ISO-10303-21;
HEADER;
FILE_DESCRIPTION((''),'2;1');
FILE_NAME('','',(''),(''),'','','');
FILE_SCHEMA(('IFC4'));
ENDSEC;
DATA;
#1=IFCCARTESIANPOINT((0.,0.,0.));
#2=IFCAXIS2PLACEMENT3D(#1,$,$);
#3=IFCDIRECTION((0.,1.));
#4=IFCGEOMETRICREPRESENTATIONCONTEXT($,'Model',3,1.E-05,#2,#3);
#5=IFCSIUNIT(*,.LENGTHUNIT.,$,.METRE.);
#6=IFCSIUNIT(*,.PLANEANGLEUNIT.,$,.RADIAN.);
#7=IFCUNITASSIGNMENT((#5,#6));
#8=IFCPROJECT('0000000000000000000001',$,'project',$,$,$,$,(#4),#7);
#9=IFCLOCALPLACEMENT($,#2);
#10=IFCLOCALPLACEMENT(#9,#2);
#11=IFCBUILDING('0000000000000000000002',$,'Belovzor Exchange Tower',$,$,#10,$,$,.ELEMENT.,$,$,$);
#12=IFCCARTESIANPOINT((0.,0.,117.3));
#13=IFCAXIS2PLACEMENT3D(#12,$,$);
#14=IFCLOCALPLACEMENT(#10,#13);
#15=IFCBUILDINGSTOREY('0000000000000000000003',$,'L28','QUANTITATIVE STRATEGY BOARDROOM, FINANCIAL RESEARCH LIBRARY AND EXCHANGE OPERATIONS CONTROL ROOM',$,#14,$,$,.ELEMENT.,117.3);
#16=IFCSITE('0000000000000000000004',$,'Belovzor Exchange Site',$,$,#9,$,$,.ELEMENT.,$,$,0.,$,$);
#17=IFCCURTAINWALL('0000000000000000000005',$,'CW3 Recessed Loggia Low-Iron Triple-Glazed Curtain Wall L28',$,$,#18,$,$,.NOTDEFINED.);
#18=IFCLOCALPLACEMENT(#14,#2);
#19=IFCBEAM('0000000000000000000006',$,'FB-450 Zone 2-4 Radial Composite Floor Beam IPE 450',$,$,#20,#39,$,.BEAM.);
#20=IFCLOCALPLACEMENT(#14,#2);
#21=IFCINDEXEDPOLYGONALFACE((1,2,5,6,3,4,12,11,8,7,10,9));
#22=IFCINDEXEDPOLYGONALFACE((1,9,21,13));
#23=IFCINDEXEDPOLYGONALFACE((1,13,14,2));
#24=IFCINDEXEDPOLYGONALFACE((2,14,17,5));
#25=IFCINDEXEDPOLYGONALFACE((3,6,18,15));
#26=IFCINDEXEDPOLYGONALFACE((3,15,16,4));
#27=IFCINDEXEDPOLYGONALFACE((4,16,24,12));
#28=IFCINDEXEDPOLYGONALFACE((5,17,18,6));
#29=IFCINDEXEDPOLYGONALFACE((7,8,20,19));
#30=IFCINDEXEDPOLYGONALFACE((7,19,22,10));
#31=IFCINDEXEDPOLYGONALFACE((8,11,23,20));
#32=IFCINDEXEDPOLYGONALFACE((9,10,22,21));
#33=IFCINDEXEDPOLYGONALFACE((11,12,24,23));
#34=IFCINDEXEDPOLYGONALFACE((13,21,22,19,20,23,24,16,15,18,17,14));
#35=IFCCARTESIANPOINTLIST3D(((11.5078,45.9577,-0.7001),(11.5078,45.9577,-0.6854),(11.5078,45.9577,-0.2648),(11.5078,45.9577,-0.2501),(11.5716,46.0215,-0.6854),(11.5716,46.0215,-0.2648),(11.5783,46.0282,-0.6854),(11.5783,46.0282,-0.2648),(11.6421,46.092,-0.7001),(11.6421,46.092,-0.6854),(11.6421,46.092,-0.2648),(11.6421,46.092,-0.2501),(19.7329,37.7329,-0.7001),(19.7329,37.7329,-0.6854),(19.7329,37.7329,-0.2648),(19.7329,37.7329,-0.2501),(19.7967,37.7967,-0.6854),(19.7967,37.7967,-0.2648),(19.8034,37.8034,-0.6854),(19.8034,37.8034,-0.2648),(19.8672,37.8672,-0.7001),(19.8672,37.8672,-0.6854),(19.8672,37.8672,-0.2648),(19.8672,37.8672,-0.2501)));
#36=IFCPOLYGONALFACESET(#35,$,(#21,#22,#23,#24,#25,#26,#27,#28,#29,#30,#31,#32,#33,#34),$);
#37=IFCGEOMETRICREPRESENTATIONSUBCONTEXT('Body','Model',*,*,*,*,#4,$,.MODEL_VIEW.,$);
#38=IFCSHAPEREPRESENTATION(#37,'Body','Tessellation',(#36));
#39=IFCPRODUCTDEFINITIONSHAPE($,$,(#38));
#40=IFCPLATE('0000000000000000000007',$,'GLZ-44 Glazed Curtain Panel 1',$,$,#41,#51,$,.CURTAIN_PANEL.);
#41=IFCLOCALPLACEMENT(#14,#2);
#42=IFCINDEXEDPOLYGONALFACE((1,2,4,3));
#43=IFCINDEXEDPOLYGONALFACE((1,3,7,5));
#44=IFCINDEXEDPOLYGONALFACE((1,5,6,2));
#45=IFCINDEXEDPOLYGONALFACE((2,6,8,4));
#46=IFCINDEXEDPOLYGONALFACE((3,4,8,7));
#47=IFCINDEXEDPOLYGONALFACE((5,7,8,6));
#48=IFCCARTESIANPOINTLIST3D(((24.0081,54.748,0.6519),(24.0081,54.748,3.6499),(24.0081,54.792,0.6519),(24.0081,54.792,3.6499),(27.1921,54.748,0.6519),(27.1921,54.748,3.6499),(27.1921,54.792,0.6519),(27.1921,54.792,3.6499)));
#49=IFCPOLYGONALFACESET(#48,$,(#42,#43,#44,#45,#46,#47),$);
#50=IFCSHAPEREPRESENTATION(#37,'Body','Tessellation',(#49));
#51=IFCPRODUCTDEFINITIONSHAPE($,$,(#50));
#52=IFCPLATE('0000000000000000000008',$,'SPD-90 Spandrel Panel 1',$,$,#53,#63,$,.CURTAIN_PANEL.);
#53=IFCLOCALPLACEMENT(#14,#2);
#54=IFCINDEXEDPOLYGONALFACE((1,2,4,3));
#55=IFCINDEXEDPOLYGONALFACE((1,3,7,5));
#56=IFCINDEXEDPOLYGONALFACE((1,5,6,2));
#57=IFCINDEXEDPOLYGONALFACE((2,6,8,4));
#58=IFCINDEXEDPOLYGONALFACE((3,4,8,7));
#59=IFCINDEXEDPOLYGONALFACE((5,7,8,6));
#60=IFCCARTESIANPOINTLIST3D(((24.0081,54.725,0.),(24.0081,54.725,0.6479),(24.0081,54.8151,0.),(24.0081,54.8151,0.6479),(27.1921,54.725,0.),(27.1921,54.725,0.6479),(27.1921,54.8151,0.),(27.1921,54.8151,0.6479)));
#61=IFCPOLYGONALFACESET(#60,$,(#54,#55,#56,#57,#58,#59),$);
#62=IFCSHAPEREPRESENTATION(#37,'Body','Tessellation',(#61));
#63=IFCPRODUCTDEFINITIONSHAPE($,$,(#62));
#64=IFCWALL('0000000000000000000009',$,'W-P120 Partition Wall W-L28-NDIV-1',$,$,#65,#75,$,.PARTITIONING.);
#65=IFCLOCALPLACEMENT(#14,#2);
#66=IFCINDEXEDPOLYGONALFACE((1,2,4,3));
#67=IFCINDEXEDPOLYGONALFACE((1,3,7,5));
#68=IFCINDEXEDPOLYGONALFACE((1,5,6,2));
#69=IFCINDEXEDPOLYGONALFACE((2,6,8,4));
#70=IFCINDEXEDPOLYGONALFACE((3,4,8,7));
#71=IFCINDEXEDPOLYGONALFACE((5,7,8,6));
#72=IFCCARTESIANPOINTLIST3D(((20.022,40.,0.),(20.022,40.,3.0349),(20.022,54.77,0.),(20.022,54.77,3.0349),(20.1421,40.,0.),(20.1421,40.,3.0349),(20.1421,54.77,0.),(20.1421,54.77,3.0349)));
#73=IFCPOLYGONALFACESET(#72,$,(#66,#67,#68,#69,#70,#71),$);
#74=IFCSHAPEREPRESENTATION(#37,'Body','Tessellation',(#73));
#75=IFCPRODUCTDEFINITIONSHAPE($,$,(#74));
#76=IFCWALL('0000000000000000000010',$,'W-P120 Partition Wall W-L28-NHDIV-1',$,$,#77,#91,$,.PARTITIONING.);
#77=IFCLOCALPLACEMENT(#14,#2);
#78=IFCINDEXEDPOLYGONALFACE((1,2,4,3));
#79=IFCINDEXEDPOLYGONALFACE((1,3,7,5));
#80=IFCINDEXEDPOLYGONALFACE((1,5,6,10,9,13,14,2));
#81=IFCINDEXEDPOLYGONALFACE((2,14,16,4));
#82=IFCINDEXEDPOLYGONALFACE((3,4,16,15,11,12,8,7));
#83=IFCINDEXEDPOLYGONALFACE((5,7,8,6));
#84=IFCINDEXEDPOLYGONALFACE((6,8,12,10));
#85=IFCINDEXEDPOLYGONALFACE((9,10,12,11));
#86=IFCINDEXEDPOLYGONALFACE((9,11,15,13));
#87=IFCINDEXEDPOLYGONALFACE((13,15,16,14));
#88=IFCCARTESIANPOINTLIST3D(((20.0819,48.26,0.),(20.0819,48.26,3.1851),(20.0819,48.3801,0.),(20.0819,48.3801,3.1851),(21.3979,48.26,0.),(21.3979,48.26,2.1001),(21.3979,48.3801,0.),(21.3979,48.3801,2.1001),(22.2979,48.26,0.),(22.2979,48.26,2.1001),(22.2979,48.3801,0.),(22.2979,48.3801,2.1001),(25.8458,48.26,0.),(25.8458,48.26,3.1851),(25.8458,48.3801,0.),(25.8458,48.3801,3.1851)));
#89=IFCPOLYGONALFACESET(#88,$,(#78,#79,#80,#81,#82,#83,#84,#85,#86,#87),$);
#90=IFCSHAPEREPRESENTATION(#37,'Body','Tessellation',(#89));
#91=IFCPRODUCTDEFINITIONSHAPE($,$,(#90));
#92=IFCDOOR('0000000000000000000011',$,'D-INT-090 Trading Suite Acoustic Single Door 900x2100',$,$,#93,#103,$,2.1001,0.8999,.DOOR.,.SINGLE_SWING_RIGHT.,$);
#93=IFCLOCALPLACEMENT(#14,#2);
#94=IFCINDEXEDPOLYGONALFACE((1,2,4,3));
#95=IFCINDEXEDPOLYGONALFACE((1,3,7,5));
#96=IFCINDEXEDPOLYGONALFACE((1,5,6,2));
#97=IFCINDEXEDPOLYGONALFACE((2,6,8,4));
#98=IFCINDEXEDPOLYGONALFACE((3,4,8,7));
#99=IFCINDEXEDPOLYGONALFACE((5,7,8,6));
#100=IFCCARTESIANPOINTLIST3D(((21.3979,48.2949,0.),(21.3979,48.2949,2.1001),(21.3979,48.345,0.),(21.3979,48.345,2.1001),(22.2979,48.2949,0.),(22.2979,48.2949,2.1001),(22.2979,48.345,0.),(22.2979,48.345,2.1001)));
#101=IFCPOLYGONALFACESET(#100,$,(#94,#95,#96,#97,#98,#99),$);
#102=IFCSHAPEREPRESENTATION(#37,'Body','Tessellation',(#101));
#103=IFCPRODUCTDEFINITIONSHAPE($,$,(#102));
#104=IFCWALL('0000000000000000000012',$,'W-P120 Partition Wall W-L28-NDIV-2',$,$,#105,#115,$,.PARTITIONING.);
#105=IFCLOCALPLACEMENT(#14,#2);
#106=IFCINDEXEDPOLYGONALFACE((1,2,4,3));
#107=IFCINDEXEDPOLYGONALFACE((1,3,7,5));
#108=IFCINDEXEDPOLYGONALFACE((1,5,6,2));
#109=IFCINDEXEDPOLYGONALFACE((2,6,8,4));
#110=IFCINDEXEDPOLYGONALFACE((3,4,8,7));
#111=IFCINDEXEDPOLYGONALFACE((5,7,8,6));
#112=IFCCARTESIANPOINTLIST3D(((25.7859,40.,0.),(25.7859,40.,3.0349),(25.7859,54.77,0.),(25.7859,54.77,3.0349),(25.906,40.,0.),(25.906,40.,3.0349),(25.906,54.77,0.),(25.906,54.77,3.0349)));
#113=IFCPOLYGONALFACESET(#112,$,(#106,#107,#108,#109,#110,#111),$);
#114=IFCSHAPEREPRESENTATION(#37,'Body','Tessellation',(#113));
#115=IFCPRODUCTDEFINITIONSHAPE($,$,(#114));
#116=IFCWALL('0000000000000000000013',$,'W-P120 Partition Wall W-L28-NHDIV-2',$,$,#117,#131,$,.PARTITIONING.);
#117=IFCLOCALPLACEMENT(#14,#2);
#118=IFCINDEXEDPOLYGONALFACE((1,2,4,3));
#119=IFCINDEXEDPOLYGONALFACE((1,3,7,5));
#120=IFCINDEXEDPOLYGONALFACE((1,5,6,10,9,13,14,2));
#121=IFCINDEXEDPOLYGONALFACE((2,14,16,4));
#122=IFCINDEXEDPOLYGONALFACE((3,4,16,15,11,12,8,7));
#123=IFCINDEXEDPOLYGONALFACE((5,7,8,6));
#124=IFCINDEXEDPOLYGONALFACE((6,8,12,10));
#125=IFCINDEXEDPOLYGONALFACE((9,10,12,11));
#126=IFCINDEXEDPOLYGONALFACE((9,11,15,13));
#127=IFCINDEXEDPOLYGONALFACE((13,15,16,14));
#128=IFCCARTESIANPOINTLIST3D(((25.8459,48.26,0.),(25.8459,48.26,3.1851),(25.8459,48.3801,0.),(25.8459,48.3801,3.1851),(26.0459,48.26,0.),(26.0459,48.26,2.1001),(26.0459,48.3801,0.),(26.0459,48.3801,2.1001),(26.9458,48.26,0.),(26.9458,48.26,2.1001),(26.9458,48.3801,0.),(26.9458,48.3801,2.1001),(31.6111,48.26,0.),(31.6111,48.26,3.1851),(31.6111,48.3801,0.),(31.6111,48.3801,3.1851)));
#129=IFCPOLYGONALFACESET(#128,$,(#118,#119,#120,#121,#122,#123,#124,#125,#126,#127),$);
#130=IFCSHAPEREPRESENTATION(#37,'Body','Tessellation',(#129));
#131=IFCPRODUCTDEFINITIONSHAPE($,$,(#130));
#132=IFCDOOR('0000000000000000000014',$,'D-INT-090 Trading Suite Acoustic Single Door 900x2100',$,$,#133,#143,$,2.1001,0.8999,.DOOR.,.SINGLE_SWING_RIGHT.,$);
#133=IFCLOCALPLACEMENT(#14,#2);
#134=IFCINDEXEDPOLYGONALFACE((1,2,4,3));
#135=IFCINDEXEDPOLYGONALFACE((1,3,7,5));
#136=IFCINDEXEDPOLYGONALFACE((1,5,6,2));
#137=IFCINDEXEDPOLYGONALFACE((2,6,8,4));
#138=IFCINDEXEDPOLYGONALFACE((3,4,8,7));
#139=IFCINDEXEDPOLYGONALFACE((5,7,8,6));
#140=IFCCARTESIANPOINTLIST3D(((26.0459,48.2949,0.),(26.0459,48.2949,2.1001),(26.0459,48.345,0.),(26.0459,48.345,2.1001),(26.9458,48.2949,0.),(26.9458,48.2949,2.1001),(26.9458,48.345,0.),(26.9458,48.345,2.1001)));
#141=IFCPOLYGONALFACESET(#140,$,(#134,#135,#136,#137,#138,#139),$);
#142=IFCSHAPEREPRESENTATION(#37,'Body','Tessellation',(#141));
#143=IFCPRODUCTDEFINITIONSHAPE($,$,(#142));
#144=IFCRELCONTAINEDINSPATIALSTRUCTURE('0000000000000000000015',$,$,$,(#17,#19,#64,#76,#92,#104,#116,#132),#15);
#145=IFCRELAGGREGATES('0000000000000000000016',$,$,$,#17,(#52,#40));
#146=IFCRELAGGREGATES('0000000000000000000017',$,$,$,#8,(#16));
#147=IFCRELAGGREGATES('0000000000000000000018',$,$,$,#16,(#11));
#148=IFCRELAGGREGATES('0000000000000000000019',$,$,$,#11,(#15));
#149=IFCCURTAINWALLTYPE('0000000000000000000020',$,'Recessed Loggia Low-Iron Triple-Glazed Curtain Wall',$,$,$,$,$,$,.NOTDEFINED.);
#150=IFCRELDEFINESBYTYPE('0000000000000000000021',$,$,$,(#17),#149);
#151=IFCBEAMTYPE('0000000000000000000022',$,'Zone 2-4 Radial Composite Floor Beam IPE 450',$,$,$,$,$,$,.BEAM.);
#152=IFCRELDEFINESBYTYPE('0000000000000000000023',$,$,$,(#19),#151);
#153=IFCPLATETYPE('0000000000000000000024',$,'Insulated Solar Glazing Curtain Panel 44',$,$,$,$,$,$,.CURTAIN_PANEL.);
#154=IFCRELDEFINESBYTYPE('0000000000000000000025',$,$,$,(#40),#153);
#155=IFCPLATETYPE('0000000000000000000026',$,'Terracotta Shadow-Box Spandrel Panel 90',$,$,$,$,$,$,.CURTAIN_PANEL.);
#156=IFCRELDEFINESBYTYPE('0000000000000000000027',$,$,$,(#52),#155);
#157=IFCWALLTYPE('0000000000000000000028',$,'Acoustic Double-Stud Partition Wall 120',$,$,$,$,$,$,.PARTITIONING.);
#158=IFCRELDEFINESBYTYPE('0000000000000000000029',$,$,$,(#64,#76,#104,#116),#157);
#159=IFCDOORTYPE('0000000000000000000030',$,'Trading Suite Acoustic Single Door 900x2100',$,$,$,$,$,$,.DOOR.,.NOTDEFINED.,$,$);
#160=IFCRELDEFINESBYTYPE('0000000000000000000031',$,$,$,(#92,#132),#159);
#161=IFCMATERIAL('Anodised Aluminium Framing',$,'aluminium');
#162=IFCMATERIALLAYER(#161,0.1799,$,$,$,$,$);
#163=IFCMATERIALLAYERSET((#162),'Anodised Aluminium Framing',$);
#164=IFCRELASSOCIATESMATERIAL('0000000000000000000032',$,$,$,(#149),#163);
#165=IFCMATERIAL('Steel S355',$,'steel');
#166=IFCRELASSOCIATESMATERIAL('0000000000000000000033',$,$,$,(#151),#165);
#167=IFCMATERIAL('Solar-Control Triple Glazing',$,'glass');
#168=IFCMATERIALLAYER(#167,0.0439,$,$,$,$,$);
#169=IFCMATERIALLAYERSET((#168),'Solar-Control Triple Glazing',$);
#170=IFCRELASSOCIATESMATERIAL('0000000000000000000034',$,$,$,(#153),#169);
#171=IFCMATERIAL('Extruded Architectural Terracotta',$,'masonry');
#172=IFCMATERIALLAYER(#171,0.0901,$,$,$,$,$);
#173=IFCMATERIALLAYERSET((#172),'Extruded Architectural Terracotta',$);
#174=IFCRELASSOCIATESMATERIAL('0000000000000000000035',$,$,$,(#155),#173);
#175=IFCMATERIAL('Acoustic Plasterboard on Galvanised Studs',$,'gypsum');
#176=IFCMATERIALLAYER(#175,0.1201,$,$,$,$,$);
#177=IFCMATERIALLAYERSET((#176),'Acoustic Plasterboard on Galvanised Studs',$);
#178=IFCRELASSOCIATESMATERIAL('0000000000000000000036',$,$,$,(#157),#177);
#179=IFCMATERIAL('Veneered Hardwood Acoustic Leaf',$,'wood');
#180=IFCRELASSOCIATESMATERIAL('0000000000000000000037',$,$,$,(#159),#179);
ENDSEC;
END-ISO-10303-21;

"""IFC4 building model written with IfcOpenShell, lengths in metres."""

from ifc_helpers import new_model, si_unit, direction, frame, frame_2d, origin, origin_2d, place, context, subcontext, project, spatial, rectangle, i_section, extrude, material, layer, layer_set, material_profile, profile_set, type_object, element, fill, aggregate, save


model = new_model("IFC4")

# Units and contexts
model_context = context("Model", 3, precision=1e-05, world=origin(), true_north=direction((0.0, 1.0)))
body_context = subcontext(model_context, "Body", "Model", "MODEL_VIEW")
ifc_project = project(units=[si_unit("LENGTHUNIT", "METRE"), si_unit("PLANEANGLEUNIT", "RADIAN")], contexts=[model_context])

# Site, building, storey
site_placement = place(None, origin())
site = spatial("IfcSite", under=ifc_project, at=site_placement, Name="Belovzor Exchange Site", CompositionType="ELEMENT", RefElevation=0.0)
building_placement = place(site_placement, origin())
building = spatial("IfcBuilding", under=site, at=building_placement, Name="Belovzor Exchange Tower", CompositionType="ELEMENT")
storey_placement = place(building_placement, frame((0.0, 0.0, 117.3)))
storey = spatial("IfcBuildingStorey", under=building, at=storey_placement, Name="L28", Description="QUANTITATIVE STRATEGY BOARDROOM, FINANCIAL RESEARCH LIBRARY AND EXCHANGE OPERATIONS CONTROL ROOM", CompositionType="ELEMENT", Elevation=117.3)

# Curtain wall
ifc_material_1 = material(Name="Anodised Aluminium Framing", Category="aluminium")
ifc_layer_1 = layer(ifc_material_1, 0.1799)
ifc_layer_set_1 = layer_set([ifc_layer_1], Name="Anodised Aluminium Framing")
curtain_wall_type = type_object("IfcCurtainWallType", Name="Recessed Loggia Low-Iron Triple-Glazed Curtain Wall", PredefinedType="NOTDEFINED", material=ifc_layer_set_1)
curtain_wall_placement = place(storey_placement, origin())
curtain_wall = element("IfcCurtainWall", 1, at=curtain_wall_placement, inside=storey, type_object=curtain_wall_type, Name="CW3 Recessed Loggia Low-Iron Triple-Glazed Curtain Wall L28", PredefinedType="NOTDEFINED")

# Beam
ifc_material_2 = material(Name="Steel S355", Category="steel")
ifc_material_profile_1 = material_profile(ifc_material_2, i_section(OverallWidth=0.1899, OverallDepth=0.45, WebThickness=0.0095, FlangeThickness=0.0146, at=origin_2d()))
ifc_profile_set_1 = profile_set([ifc_material_profile_1], Name="Steel S355")
beam_type_1 = type_object("IfcBeamType", Name="Zone 2-4 Radial Composite Floor Beam IPE 450", PredefinedType="BEAM", material=ifc_profile_set_1)
beam_1_placement = place(storey_placement, frame((19.8, 37.8, -0.4751), z_axis=(-0.707117, 0.707096, 0.0), x_axis=(-0.707096, -0.707117, 0.0)))
element("IfcBeam", 2, at=beam_1_placement, inside=storey, type_object=beam_type_1, Name="FB-450 Zone 2-4 Radial Composite Floor Beam IPE 450", PredefinedType="BEAM", context=body_context, shape_type="SweptSolid", body=[
    extrude(i_section(OverallWidth=0.1899, OverallDepth=0.45, WebThickness=0.0095, FlangeThickness=0.0146, at=origin_2d()), origin(), (0.0, 0.0, 1.0), 11.6318),
])

# Plates
ifc_material_3 = material(Name="Solar-Control Triple Glazing", Category="glass")
ifc_layer_2 = layer(ifc_material_3, 0.0439)
ifc_layer_set_2 = layer_set([ifc_layer_2], Name="Solar-Control Triple Glazing")
plate_type_1 = type_object("IfcPlateType", Name="Insulated Solar Glazing Curtain Panel 44", PredefinedType="CURTAIN_PANEL", material=ifc_layer_set_2)
plate_1_placement = place(storey_placement, frame((25.6001, 54.77, 0.6519), z_axis=(0.0, 0.0, 1.0), x_axis=(1.0, 0.0, 0.0)))
plate_1 = element("IfcPlate", 3, at=plate_1_placement, type_object=plate_type_1, Name="GLZ-44 Glazed Curtain Panel 1", PredefinedType="CURTAIN_PANEL", context=body_context, shape_type="SweptSolid", body=[
    extrude(rectangle(XDim=3.1841, YDim=0.0439, at=origin_2d()), origin(), (0.0, 0.0, 1.0), 2.998),
])
ifc_material_4 = material(Name="Extruded Architectural Terracotta", Category="masonry")
ifc_layer_3 = layer(ifc_material_4, 0.0901)
ifc_layer_set_3 = layer_set([ifc_layer_3], Name="Extruded Architectural Terracotta")
plate_type_2 = type_object("IfcPlateType", Name="Terracotta Shadow-Box Spandrel Panel 90", PredefinedType="CURTAIN_PANEL", material=ifc_layer_set_3)
plate_2_placement = place(storey_placement, frame((25.6001, 54.77, 0.0), z_axis=(0.0, 0.0, 1.0), x_axis=(1.0, 0.0, 0.0)))
plate_2 = element("IfcPlate", 4, at=plate_2_placement, type_object=plate_type_2, Name="SPD-90 Spandrel Panel 1", PredefinedType="CURTAIN_PANEL", context=body_context, shape_type="SweptSolid", body=[
    extrude(rectangle(XDim=3.1841, YDim=0.0901, at=origin_2d()), origin(), (0.0, 0.0, 1.0), 0.6479),
])
aggregate(curtain_wall, [plate_2, plate_1])

# Wall
ifc_material_5 = material(Name="Acoustic Plasterboard on Galvanised Studs", Category="gypsum")
ifc_layer_4 = layer(ifc_material_5, 0.1201)
ifc_layer_set_4 = layer_set([ifc_layer_4], Name="Acoustic Plasterboard on Galvanised Studs")
wall_type_1 = type_object("IfcWallType", Name="Acoustic Double-Stud Partition Wall 120", PredefinedType="PARTITIONING", material=ifc_layer_set_4)
wall_1_placement = place(storey_placement, frame((20.082, 40.0, 0.0), z_axis=(0.0, 0.0, 1.0), x_axis=(0.0, 1.0, 0.0)))
element("IfcWall", 5, at=wall_1_placement, inside=storey, type_object=wall_type_1, Name="W-P120 Partition Wall W-L28-NDIV-1", PredefinedType="PARTITIONING", context=body_context, shape_type="SweptSolid", body=[
    extrude(rectangle(XDim=14.77, YDim=0.1201, at=frame_2d((7.385, 0.0))), origin(), (0.0, 0.0, 1.0), 3.0349),
])

# Wall, opening, door
wall_2_placement = place(storey_placement, frame((20.082, 48.3201, 0.0), z_axis=(0.0, 0.0, 1.0), x_axis=(1.0, 0.0, 0.0)))
wall_2 = element("IfcWall", 6, at=wall_2_placement, inside=storey, type_object=wall_type_1, Name="W-P120 Partition Wall W-L28-NHDIV-1", PredefinedType="PARTITIONING", context=body_context, shape_type="SweptSolid", body=[
    extrude(rectangle(XDim=5.7639, YDim=0.1201, at=frame_2d((2.8818, 0.0))), origin(), (0.0, 0.0, 1.0), 3.1851),
])
opening_1_placement = place(wall_2_placement, frame((1.3159, 0.0, 0.0)))
opening_1 = element("IfcOpeningElement", 7, at=opening_1_placement, cuts=wall_2, PredefinedType="OPENING", context=body_context, shape_type="SweptSolid", body=[
    extrude(rectangle(XDim=0.8999, YDim=2.1001, at=frame_2d((0.45, 1.05))), frame((0.0, 0.0701, 0.0), z_axis=(0.0, -1.0, 0.0), x_axis=(1.0, 0.0, 0.0)), (0.0, 0.0, 1.0), 0.1401),
])
ifc_material_6 = material(Name="Veneered Hardwood Acoustic Leaf", Category="wood")
door_type_1 = type_object("IfcDoorType", Name="Trading Suite Acoustic Single Door 900x2100", OperationType="NOTDEFINED", PredefinedType="DOOR", material=ifc_material_6)
door_1_placement = place(opening_1_placement, origin())
door_1 = element("IfcDoor", 8, at=door_1_placement, inside=storey, type_object=door_type_1, Name="D-INT-090 Trading Suite Acoustic Single Door 900x2100", OperationType="SINGLE_SWING_RIGHT", OverallHeight=2.1001, OverallWidth=0.8999, PredefinedType="DOOR", context=body_context, shape_type="SweptSolid", body=[
    extrude(rectangle(XDim=0.8999, YDim=2.1001, at=frame_2d((0.45, 1.05))), frame((0.0, 0.0249, 0.0), z_axis=(0.0, -1.0, 0.0), x_axis=(1.0, 0.0, 0.0)), (0.0, 0.0, 1.0), 0.05),
])
fill(opening_1, door_1)

# Wall
wall_3_placement = place(storey_placement, frame((25.8459, 40.0, 0.0), z_axis=(0.0, 0.0, 1.0), x_axis=(0.0, 1.0, 0.0)))
element("IfcWall", 9, at=wall_3_placement, inside=storey, type_object=wall_type_1, Name="W-P120 Partition Wall W-L28-NDIV-2", PredefinedType="PARTITIONING", context=body_context, shape_type="SweptSolid", body=[
    extrude(rectangle(XDim=14.77, YDim=0.1201, at=frame_2d((7.385, 0.0))), origin(), (0.0, 0.0, 1.0), 3.0349),
])

# Wall, opening, door
wall_4_placement = place(storey_placement, frame((25.8459, 48.3201, 0.0), z_axis=(0.0, 0.0, 1.0), x_axis=(1.0, 0.0, 0.0)))
wall_4 = element("IfcWall", 10, at=wall_4_placement, inside=storey, type_object=wall_type_1, Name="W-P120 Partition Wall W-L28-NHDIV-2", PredefinedType="PARTITIONING", context=body_context, shape_type="SweptSolid", body=[
    extrude(rectangle(XDim=5.7651, YDim=0.1201, at=frame_2d((2.8826, 0.0))), origin(), (0.0, 0.0, 1.0), 3.1851),
])
opening_2_placement = place(wall_4_placement, frame((0.2, 0.0, 0.0)))
opening_2 = element("IfcOpeningElement", 11, at=opening_2_placement, cuts=wall_4, PredefinedType="OPENING", context=body_context, shape_type="SweptSolid", body=[
    extrude(rectangle(XDim=0.8999, YDim=2.1001, at=frame_2d((0.45, 1.05))), frame((0.0, 0.0701, 0.0), z_axis=(0.0, -1.0, 0.0), x_axis=(1.0, 0.0, 0.0)), (0.0, 0.0, 1.0), 0.1401),
])
door_2_placement = place(opening_2_placement, origin())
door_2 = element("IfcDoor", 12, at=door_2_placement, inside=storey, type_object=door_type_1, Name="D-INT-090 Trading Suite Acoustic Single Door 900x2100", OperationType="SINGLE_SWING_RIGHT", OverallHeight=2.1001, OverallWidth=0.8999, PredefinedType="DOOR", context=body_context, shape_type="SweptSolid", body=[
    extrude(rectangle(XDim=0.8999, YDim=2.1001, at=frame_2d((0.45, 1.05))), frame((0.0, 0.0249, 0.0), z_axis=(0.0, -1.0, 0.0), x_axis=(1.0, 0.0, 0.0)), (0.0, 0.0, 1.0), 0.05),
])
fill(opening_2, door_2)

save(model, "model.ifc")
